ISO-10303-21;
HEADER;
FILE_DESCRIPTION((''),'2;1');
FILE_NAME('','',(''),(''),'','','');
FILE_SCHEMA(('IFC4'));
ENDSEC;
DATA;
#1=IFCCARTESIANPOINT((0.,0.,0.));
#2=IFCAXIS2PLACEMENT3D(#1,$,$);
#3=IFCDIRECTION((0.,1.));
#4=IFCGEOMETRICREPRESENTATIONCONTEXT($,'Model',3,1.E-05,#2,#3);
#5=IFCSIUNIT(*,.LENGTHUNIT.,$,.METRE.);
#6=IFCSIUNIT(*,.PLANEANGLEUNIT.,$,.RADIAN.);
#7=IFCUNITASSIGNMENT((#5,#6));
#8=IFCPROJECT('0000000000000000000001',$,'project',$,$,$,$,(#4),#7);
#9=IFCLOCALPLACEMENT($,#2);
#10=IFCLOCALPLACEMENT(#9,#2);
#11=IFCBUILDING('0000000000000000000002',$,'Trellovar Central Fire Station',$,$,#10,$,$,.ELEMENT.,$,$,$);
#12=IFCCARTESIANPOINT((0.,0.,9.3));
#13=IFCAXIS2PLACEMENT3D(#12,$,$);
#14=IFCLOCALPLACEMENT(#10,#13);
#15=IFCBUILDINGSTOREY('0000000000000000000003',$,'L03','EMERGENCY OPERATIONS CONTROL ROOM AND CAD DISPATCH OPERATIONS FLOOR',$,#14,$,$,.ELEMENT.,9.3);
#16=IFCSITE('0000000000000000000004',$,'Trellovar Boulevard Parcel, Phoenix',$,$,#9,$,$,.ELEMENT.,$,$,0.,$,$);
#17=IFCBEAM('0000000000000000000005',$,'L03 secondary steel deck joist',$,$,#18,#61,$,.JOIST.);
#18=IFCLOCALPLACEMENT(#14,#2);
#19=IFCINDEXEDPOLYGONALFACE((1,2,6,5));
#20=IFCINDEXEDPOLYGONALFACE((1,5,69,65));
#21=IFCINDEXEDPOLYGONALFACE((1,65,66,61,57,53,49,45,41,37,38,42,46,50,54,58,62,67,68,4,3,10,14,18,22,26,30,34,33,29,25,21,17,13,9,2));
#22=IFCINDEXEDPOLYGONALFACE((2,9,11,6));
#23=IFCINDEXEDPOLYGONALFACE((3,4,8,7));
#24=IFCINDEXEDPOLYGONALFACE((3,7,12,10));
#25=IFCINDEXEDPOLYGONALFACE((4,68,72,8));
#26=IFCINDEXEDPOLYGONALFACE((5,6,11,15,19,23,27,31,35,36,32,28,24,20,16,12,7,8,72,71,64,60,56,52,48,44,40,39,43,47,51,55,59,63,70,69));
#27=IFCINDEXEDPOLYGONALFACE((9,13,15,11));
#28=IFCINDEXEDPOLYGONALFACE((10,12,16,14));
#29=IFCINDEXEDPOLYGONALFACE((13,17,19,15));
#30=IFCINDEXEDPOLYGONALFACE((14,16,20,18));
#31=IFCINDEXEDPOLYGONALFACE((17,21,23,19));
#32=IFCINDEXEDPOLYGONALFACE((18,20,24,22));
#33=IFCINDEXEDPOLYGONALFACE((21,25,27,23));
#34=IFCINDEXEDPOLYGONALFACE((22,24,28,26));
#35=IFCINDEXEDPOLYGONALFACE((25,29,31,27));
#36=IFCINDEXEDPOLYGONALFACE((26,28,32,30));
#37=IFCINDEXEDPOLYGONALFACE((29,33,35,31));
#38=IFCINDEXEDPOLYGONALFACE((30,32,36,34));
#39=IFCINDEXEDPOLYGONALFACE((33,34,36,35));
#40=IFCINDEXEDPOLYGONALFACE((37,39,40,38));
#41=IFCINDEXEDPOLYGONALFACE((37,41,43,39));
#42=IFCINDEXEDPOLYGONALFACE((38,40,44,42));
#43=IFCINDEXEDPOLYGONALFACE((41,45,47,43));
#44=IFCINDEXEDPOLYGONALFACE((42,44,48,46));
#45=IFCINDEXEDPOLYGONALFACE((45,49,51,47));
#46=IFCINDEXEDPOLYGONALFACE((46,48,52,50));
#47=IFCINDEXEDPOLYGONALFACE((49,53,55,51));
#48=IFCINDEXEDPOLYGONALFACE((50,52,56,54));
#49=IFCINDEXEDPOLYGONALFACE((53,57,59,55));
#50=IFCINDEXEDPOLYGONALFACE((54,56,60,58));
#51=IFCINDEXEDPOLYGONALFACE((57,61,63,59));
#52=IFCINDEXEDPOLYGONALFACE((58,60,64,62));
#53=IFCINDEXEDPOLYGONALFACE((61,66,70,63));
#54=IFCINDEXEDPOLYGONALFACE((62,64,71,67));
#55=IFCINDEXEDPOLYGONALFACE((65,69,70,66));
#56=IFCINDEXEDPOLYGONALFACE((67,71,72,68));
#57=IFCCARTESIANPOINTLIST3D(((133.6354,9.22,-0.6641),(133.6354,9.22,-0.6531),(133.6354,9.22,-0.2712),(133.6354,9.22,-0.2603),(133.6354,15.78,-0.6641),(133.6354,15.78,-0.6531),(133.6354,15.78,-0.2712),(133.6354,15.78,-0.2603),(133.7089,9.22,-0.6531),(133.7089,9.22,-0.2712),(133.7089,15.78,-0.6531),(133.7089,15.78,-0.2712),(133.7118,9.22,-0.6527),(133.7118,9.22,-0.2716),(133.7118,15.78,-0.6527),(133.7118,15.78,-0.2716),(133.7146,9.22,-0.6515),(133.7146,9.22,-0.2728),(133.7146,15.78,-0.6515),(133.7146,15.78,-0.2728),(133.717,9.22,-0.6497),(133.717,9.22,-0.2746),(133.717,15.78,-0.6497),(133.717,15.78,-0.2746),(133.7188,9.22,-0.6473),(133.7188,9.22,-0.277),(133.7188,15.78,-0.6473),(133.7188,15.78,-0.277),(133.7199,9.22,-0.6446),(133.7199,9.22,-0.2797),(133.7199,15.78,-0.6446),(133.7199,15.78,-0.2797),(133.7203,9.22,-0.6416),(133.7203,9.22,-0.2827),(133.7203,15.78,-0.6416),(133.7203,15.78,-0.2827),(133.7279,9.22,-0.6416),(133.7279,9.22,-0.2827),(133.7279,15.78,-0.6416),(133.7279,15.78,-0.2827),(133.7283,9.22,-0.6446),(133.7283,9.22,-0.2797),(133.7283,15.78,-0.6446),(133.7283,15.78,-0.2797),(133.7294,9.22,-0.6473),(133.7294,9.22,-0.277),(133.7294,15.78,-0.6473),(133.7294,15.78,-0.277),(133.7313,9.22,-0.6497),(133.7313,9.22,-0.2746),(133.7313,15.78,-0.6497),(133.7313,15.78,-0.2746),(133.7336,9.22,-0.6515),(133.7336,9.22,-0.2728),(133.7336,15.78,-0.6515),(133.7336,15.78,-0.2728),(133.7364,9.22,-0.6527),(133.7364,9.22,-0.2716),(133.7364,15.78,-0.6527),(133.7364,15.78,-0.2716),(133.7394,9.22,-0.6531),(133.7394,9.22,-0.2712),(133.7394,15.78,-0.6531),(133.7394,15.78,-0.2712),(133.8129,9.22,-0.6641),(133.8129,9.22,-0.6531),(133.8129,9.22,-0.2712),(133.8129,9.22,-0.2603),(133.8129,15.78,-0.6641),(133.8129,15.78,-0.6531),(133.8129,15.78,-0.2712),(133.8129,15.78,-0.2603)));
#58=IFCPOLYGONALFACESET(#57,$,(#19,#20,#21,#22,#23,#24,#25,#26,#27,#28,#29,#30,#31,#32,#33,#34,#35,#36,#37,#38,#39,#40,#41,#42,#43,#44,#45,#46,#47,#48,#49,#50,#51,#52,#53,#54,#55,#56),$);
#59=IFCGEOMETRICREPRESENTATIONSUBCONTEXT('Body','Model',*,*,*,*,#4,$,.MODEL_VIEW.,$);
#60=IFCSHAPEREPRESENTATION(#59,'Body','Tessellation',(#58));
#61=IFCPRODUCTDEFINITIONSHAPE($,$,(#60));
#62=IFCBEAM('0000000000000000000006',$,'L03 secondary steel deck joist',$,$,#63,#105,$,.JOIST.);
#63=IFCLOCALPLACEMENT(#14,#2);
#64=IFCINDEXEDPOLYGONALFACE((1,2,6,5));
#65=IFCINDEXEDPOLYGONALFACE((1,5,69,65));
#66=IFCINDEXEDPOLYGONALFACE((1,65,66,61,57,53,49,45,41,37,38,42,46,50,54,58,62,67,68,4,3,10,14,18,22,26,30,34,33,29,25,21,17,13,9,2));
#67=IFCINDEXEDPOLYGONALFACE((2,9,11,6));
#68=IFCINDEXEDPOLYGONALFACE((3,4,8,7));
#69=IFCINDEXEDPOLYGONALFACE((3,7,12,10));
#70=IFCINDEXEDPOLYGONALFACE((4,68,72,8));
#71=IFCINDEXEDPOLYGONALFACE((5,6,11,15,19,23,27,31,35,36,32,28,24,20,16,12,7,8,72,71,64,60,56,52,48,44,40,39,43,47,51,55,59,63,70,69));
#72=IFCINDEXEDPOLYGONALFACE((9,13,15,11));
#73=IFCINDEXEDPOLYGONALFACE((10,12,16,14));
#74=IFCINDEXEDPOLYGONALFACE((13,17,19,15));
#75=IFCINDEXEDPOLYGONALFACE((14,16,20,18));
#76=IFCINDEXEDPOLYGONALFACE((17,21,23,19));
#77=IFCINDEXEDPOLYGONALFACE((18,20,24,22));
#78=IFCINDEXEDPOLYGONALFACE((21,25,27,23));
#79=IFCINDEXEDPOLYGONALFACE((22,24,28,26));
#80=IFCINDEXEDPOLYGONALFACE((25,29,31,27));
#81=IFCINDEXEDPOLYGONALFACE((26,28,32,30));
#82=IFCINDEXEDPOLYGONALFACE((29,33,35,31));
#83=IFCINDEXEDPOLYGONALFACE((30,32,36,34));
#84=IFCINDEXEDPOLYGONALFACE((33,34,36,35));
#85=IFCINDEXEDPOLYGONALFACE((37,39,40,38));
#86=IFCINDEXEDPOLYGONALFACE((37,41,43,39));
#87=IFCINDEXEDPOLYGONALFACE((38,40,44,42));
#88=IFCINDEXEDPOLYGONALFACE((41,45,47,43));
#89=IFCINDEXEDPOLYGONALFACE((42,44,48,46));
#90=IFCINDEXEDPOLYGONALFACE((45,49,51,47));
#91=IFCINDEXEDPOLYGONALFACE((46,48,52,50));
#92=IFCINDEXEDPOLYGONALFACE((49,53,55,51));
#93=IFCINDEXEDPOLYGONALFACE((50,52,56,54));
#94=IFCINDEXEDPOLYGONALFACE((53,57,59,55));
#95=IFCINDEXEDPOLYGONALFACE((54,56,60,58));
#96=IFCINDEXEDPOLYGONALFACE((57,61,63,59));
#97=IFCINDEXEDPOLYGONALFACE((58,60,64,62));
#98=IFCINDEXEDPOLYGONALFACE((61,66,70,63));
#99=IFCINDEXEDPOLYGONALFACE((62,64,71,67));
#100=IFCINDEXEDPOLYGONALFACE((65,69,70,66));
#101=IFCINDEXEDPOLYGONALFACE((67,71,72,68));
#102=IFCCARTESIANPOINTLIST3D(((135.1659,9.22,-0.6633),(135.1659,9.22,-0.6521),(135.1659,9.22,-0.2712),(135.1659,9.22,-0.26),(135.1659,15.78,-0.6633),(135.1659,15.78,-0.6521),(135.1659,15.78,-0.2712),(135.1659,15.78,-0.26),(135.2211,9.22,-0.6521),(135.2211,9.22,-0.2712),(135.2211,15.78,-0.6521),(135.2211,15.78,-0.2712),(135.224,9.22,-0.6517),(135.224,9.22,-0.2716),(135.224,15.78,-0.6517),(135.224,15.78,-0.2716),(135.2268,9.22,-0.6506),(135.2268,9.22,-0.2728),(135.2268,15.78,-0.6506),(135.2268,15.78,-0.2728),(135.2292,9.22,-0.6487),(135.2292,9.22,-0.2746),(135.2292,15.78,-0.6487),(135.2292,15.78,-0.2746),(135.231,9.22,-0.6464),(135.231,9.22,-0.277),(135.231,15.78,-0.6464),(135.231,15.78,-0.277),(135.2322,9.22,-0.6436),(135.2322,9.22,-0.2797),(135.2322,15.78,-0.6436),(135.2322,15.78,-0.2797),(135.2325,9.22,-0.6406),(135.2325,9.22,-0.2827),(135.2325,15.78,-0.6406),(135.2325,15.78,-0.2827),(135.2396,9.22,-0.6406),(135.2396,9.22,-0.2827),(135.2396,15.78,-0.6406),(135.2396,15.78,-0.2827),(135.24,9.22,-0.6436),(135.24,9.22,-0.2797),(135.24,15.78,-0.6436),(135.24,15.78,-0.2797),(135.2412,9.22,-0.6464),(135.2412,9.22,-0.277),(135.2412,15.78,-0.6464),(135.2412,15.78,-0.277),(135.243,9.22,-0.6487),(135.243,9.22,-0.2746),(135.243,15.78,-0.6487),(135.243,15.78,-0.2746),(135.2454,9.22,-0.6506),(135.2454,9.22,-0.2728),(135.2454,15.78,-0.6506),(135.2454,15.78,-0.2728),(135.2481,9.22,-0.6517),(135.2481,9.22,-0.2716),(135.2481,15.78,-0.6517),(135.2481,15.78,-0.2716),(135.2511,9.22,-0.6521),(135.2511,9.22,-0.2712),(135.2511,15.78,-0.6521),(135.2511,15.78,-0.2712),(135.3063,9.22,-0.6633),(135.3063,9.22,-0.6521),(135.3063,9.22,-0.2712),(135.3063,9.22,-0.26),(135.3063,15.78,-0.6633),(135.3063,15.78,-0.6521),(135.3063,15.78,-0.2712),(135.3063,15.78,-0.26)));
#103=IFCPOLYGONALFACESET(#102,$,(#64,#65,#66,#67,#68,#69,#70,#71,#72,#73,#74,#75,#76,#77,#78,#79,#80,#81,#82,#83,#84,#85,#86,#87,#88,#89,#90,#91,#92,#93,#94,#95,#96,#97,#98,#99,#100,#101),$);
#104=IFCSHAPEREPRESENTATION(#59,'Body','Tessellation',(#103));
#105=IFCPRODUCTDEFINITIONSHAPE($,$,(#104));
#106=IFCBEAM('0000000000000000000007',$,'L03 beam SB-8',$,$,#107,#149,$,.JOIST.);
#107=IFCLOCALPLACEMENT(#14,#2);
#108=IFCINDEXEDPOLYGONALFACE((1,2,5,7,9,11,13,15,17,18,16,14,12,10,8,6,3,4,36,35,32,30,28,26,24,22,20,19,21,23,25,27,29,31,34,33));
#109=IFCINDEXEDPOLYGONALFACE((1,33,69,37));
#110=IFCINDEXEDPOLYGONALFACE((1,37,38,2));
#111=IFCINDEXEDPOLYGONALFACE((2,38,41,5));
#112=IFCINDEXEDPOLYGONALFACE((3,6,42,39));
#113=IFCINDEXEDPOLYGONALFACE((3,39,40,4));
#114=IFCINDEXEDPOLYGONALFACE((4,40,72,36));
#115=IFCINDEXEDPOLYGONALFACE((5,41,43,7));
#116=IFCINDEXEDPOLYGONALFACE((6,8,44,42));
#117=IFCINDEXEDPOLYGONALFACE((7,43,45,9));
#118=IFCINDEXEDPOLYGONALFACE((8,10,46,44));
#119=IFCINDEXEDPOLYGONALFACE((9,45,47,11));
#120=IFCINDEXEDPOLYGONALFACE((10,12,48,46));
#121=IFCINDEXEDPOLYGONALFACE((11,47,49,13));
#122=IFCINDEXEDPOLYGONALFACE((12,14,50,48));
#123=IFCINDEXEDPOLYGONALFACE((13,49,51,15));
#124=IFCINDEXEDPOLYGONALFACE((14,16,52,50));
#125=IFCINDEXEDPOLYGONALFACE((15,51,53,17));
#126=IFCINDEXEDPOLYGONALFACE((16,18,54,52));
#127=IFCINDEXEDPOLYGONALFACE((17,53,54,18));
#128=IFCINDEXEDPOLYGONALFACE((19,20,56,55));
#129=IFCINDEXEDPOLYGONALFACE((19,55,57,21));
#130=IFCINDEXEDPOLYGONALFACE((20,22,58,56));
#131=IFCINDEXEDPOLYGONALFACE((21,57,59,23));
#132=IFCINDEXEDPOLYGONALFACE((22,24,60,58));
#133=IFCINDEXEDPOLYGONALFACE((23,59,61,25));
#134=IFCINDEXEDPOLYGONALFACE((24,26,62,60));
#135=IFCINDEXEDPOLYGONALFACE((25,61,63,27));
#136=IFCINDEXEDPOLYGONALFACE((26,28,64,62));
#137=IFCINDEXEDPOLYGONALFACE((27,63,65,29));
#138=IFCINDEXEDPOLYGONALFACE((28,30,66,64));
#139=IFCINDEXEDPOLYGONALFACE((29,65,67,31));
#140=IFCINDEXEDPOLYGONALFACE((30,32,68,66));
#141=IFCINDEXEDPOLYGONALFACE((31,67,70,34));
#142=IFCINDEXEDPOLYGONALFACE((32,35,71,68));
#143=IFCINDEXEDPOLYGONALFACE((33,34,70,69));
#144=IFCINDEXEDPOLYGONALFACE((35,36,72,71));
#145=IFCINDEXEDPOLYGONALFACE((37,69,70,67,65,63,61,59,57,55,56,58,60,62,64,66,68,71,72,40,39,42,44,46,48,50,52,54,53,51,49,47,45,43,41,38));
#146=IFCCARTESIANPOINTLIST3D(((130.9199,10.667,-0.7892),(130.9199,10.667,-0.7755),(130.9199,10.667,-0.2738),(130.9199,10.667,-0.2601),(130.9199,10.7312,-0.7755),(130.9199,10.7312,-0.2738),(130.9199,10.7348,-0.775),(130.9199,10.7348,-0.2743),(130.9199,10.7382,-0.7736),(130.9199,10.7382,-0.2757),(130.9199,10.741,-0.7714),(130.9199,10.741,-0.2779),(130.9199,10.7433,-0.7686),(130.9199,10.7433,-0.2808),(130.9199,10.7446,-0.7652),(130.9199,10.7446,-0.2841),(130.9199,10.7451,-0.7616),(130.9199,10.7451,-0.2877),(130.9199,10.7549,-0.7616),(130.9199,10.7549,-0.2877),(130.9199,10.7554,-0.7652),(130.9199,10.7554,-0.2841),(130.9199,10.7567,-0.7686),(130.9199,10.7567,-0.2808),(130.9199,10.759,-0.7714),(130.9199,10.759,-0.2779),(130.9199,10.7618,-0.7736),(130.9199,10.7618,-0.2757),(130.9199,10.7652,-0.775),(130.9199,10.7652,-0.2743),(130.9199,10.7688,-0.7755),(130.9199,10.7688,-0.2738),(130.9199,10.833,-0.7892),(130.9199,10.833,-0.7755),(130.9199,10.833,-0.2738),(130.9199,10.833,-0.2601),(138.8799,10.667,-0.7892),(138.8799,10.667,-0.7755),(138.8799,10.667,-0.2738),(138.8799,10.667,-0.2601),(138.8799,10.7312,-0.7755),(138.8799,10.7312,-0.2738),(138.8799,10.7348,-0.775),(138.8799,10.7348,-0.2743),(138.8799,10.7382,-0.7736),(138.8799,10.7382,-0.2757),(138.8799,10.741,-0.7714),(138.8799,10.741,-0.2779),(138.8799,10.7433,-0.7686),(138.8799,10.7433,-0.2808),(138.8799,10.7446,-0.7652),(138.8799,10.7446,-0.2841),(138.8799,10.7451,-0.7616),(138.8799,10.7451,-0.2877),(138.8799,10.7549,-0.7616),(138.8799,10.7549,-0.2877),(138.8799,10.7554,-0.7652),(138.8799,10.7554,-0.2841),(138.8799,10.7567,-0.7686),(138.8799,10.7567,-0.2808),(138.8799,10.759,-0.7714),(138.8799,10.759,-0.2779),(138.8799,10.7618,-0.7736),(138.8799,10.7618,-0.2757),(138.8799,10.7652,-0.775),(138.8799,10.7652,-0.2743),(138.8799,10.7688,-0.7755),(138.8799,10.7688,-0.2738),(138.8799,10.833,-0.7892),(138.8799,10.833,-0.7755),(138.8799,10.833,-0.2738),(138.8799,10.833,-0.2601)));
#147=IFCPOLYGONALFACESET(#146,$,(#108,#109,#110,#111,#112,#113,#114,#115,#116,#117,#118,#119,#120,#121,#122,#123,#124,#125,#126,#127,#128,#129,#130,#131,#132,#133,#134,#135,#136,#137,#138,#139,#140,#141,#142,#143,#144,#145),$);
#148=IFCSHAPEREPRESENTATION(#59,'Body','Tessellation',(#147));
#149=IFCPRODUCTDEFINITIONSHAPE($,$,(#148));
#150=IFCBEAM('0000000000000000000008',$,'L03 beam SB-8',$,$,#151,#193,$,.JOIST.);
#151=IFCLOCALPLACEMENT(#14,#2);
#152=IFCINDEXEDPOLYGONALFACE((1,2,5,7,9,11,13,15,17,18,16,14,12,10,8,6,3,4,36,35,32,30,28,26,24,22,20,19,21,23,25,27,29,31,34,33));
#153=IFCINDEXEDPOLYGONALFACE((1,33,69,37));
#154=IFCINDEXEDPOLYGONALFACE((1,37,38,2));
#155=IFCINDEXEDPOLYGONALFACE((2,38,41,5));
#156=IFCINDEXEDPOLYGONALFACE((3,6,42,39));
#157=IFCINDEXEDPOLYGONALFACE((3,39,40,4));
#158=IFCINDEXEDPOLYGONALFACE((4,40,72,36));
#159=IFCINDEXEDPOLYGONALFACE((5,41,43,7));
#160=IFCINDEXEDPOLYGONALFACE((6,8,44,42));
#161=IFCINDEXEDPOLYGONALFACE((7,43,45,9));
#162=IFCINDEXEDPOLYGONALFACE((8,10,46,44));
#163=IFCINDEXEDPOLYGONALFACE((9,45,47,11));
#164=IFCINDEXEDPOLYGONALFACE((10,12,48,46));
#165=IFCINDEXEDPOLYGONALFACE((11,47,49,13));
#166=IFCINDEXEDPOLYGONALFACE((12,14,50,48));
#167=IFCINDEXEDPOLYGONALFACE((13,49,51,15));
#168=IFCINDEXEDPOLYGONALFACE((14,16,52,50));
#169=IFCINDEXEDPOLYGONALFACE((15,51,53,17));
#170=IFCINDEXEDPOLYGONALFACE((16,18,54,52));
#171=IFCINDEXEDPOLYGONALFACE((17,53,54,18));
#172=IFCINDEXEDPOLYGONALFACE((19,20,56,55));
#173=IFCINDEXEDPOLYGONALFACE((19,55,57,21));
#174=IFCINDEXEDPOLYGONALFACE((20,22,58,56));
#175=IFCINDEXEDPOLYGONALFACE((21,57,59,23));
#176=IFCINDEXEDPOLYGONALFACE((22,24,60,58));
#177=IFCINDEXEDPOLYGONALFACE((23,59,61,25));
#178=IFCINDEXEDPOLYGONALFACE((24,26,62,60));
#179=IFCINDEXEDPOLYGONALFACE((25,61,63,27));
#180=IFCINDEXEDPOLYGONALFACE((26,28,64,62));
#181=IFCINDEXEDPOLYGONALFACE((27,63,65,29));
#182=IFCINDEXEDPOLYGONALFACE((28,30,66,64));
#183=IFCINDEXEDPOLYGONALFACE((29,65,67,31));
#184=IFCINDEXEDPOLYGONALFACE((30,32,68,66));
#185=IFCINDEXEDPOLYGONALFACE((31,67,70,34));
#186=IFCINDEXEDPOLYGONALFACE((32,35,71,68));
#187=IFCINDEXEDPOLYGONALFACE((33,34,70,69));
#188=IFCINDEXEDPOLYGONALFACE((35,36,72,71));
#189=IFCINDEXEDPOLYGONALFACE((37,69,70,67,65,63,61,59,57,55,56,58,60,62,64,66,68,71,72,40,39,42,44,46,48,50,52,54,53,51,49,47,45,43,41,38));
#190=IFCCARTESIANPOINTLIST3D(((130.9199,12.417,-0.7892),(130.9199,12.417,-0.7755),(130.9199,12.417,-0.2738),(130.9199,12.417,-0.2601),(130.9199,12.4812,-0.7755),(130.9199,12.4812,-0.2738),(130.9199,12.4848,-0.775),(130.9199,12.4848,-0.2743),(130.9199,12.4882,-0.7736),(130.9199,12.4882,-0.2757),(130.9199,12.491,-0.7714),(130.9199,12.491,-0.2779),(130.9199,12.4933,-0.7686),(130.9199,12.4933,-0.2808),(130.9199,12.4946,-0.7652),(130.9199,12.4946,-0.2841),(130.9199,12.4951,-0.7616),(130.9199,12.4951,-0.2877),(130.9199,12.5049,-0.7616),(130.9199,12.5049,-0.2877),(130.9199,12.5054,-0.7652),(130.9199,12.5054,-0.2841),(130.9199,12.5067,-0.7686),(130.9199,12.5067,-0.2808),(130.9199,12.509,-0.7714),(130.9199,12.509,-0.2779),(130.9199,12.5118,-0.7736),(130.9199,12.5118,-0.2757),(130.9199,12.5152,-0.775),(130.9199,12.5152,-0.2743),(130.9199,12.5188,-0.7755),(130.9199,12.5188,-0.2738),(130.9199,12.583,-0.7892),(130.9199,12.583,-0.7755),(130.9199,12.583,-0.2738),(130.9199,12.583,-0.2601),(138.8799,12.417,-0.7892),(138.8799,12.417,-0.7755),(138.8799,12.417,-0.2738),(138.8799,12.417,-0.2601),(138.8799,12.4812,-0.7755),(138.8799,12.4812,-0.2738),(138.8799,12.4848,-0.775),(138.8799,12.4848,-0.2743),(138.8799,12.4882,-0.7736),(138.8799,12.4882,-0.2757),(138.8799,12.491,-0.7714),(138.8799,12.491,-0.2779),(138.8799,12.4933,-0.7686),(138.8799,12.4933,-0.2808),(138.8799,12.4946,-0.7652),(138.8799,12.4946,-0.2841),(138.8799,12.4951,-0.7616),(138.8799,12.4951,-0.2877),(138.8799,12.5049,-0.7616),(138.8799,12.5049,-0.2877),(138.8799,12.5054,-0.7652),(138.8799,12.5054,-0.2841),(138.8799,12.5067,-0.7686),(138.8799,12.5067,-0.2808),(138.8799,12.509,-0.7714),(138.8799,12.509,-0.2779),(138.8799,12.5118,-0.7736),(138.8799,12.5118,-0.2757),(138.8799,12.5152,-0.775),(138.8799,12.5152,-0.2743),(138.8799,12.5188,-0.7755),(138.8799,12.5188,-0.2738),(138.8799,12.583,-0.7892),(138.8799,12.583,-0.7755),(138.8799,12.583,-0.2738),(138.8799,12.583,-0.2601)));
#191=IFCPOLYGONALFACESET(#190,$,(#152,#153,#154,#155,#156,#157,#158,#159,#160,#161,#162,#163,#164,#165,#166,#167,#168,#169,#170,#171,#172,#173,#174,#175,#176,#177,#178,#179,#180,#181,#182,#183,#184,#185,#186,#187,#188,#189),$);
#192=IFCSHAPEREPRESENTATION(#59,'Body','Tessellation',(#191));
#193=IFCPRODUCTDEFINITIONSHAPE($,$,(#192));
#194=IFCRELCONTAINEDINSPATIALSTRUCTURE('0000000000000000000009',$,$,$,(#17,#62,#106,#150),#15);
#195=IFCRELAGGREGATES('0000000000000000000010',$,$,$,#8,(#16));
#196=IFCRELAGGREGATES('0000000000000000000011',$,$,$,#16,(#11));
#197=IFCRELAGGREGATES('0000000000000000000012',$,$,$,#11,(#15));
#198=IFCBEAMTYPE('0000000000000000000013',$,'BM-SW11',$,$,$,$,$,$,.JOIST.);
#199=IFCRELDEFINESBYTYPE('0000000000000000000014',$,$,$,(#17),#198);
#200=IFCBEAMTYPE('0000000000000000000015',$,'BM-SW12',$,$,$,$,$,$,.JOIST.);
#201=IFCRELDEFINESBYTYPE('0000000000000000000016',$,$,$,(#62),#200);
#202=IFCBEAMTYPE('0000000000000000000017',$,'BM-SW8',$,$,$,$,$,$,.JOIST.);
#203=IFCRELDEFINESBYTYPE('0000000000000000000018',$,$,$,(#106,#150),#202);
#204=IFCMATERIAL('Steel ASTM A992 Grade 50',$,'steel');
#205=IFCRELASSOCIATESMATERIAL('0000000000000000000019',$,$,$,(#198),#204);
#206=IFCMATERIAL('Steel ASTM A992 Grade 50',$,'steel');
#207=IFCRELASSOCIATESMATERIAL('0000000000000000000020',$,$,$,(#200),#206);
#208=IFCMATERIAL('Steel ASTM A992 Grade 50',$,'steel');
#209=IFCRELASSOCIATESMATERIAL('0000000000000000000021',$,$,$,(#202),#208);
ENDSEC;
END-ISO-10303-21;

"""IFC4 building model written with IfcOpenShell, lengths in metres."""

from ifc_helpers import new_model, si_unit, direction, frame, origin, origin_2d, place, context, subcontext, project, spatial, i_section, extrude, material, material_profile, profile_set, type_object, element, save


model = new_model("IFC4")

# Units and contexts
model_context = context("Model", 3, precision=1e-05, world=origin(), true_north=direction((0.0, 1.0)))
body_context = subcontext(model_context, "Body", "Model", "MODEL_VIEW")
ifc_project = project(units=[si_unit("LENGTHUNIT", "METRE"), si_unit("PLANEANGLEUNIT", "RADIAN")], contexts=[model_context])

# Site, building, storey
site_placement = place(None, origin())
site = spatial("IfcSite", under=ifc_project, at=site_placement, Name="Trellovar Boulevard Parcel, Phoenix", CompositionType="ELEMENT", RefElevation=0.0)
building_placement = place(site_placement, origin())
building = spatial("IfcBuilding", under=site, at=building_placement, Name="Trellovar Central Fire Station", CompositionType="ELEMENT")
storey_placement = place(building_placement, frame((0.0, 0.0, 9.3)))
storey = spatial("IfcBuildingStorey", under=building, at=storey_placement, Name="L03", Description="EMERGENCY OPERATIONS CONTROL ROOM AND CAD DISPATCH OPERATIONS FLOOR", CompositionType="ELEMENT", Elevation=9.3)

# Beams
ifc_material_1 = material(Name="Steel ASTM A992 Grade 50", Category="steel")
ifc_material_profile_1 = material_profile(ifc_material_1, i_section(OverallWidth=0.1775, OverallDepth=0.4038, WebThickness=0.0076, FlangeThickness=0.011, FilletRadius=0.0115, at=origin_2d()), Name="W16X36")
ifc_profile_set_1 = profile_set([ifc_material_profile_1], Name="Steel ASTM A992 Grade 50")
beam_type_1 = type_object("IfcBeamType", Name="BM-SW11", PredefinedType="JOIST", material=ifc_profile_set_1)
beam_1_placement = place(storey_placement, frame((133.7241, 9.22, -0.4622), z_axis=(0.0, 1.0, 0.0), x_axis=(-1.0, 0.0, 0.0)))
element("IfcBeam", 1, at=beam_1_placement, inside=storey, type_object=beam_type_1, Name="L03 secondary steel deck joist", PredefinedType="JOIST", context=body_context, shape_type="SweptSolid", body=[
    extrude(i_section(OverallWidth=0.1775, OverallDepth=0.4038, WebThickness=0.0076, FlangeThickness=0.011, FilletRadius=0.0115, at=origin_2d()), origin(), (0.0, 0.0, 1.0), 6.5601),
])
ifc_material_2 = material(Name="Steel ASTM A992 Grade 50", Category="steel")
ifc_material_profile_2 = material_profile(ifc_material_2, i_section(OverallWidth=0.1404, OverallDepth=0.4033, WebThickness=0.0071, FlangeThickness=0.0112, FilletRadius=0.0115, at=origin_2d()), Name="W16X31")
ifc_profile_set_2 = profile_set([ifc_material_profile_2], Name="Steel ASTM A992 Grade 50")
beam_type_2 = type_object("IfcBeamType", Name="BM-SW12", PredefinedType="JOIST", material=ifc_profile_set_2)
beam_2_placement = place(storey_placement, frame((135.2361, 9.22, -0.4617), z_axis=(0.0, 1.0, 0.0), x_axis=(-1.0, 0.0, 0.0)))
element("IfcBeam", 2, at=beam_2_placement, inside=storey, type_object=beam_type_2, Name="L03 secondary steel deck joist", PredefinedType="JOIST", context=body_context, shape_type="SweptSolid", body=[
    extrude(i_section(OverallWidth=0.1404, OverallDepth=0.4033, WebThickness=0.0071, FlangeThickness=0.0112, FilletRadius=0.0115, at=origin_2d()), origin(), (0.0, 0.0, 1.0), 6.5601),
])
ifc_material_3 = material(Name="Steel ASTM A992 Grade 50", Category="steel")
ifc_material_profile_3 = material_profile(ifc_material_3, i_section(OverallWidth=0.166, OverallDepth=0.5291, WebThickness=0.0098, FlangeThickness=0.0137, FilletRadius=0.0139, at=origin_2d()), Name="W21X50")
ifc_profile_set_3 = profile_set([ifc_material_profile_3], Name="Steel ASTM A992 Grade 50")
beam_type_3 = type_object("IfcBeamType", Name="BM-SW8", PredefinedType="JOIST", material=ifc_profile_set_3)
for number, where, z_axis, x_axis, name in (
    (3, (130.9199, 10.75, -0.5247), (1.0, 0.0, 0.0), (0.0, 1.0, 0.0), "L03 beam SB-8"),
    (4, (130.9199, 12.5, -0.5247), (1.0, 0.0, 0.0), (0.0, 1.0, 0.0), "L03 beam SB-8"),
):
    element("IfcBeam", number, at=place(storey_placement, frame(where, z_axis=z_axis, x_axis=x_axis)), inside=storey, type_object=beam_type_3, Name=name, PredefinedType="JOIST", context=body_context, shape_type="SweptSolid", body=[
        extrude(i_section(OverallWidth=0.166, OverallDepth=0.5291, WebThickness=0.0098, FlangeThickness=0.0137, FilletRadius=0.0139, at=origin_2d()), origin(), (0.0, 0.0, 1.0), 7.96),
    ])

save(model, "model.ifc")
